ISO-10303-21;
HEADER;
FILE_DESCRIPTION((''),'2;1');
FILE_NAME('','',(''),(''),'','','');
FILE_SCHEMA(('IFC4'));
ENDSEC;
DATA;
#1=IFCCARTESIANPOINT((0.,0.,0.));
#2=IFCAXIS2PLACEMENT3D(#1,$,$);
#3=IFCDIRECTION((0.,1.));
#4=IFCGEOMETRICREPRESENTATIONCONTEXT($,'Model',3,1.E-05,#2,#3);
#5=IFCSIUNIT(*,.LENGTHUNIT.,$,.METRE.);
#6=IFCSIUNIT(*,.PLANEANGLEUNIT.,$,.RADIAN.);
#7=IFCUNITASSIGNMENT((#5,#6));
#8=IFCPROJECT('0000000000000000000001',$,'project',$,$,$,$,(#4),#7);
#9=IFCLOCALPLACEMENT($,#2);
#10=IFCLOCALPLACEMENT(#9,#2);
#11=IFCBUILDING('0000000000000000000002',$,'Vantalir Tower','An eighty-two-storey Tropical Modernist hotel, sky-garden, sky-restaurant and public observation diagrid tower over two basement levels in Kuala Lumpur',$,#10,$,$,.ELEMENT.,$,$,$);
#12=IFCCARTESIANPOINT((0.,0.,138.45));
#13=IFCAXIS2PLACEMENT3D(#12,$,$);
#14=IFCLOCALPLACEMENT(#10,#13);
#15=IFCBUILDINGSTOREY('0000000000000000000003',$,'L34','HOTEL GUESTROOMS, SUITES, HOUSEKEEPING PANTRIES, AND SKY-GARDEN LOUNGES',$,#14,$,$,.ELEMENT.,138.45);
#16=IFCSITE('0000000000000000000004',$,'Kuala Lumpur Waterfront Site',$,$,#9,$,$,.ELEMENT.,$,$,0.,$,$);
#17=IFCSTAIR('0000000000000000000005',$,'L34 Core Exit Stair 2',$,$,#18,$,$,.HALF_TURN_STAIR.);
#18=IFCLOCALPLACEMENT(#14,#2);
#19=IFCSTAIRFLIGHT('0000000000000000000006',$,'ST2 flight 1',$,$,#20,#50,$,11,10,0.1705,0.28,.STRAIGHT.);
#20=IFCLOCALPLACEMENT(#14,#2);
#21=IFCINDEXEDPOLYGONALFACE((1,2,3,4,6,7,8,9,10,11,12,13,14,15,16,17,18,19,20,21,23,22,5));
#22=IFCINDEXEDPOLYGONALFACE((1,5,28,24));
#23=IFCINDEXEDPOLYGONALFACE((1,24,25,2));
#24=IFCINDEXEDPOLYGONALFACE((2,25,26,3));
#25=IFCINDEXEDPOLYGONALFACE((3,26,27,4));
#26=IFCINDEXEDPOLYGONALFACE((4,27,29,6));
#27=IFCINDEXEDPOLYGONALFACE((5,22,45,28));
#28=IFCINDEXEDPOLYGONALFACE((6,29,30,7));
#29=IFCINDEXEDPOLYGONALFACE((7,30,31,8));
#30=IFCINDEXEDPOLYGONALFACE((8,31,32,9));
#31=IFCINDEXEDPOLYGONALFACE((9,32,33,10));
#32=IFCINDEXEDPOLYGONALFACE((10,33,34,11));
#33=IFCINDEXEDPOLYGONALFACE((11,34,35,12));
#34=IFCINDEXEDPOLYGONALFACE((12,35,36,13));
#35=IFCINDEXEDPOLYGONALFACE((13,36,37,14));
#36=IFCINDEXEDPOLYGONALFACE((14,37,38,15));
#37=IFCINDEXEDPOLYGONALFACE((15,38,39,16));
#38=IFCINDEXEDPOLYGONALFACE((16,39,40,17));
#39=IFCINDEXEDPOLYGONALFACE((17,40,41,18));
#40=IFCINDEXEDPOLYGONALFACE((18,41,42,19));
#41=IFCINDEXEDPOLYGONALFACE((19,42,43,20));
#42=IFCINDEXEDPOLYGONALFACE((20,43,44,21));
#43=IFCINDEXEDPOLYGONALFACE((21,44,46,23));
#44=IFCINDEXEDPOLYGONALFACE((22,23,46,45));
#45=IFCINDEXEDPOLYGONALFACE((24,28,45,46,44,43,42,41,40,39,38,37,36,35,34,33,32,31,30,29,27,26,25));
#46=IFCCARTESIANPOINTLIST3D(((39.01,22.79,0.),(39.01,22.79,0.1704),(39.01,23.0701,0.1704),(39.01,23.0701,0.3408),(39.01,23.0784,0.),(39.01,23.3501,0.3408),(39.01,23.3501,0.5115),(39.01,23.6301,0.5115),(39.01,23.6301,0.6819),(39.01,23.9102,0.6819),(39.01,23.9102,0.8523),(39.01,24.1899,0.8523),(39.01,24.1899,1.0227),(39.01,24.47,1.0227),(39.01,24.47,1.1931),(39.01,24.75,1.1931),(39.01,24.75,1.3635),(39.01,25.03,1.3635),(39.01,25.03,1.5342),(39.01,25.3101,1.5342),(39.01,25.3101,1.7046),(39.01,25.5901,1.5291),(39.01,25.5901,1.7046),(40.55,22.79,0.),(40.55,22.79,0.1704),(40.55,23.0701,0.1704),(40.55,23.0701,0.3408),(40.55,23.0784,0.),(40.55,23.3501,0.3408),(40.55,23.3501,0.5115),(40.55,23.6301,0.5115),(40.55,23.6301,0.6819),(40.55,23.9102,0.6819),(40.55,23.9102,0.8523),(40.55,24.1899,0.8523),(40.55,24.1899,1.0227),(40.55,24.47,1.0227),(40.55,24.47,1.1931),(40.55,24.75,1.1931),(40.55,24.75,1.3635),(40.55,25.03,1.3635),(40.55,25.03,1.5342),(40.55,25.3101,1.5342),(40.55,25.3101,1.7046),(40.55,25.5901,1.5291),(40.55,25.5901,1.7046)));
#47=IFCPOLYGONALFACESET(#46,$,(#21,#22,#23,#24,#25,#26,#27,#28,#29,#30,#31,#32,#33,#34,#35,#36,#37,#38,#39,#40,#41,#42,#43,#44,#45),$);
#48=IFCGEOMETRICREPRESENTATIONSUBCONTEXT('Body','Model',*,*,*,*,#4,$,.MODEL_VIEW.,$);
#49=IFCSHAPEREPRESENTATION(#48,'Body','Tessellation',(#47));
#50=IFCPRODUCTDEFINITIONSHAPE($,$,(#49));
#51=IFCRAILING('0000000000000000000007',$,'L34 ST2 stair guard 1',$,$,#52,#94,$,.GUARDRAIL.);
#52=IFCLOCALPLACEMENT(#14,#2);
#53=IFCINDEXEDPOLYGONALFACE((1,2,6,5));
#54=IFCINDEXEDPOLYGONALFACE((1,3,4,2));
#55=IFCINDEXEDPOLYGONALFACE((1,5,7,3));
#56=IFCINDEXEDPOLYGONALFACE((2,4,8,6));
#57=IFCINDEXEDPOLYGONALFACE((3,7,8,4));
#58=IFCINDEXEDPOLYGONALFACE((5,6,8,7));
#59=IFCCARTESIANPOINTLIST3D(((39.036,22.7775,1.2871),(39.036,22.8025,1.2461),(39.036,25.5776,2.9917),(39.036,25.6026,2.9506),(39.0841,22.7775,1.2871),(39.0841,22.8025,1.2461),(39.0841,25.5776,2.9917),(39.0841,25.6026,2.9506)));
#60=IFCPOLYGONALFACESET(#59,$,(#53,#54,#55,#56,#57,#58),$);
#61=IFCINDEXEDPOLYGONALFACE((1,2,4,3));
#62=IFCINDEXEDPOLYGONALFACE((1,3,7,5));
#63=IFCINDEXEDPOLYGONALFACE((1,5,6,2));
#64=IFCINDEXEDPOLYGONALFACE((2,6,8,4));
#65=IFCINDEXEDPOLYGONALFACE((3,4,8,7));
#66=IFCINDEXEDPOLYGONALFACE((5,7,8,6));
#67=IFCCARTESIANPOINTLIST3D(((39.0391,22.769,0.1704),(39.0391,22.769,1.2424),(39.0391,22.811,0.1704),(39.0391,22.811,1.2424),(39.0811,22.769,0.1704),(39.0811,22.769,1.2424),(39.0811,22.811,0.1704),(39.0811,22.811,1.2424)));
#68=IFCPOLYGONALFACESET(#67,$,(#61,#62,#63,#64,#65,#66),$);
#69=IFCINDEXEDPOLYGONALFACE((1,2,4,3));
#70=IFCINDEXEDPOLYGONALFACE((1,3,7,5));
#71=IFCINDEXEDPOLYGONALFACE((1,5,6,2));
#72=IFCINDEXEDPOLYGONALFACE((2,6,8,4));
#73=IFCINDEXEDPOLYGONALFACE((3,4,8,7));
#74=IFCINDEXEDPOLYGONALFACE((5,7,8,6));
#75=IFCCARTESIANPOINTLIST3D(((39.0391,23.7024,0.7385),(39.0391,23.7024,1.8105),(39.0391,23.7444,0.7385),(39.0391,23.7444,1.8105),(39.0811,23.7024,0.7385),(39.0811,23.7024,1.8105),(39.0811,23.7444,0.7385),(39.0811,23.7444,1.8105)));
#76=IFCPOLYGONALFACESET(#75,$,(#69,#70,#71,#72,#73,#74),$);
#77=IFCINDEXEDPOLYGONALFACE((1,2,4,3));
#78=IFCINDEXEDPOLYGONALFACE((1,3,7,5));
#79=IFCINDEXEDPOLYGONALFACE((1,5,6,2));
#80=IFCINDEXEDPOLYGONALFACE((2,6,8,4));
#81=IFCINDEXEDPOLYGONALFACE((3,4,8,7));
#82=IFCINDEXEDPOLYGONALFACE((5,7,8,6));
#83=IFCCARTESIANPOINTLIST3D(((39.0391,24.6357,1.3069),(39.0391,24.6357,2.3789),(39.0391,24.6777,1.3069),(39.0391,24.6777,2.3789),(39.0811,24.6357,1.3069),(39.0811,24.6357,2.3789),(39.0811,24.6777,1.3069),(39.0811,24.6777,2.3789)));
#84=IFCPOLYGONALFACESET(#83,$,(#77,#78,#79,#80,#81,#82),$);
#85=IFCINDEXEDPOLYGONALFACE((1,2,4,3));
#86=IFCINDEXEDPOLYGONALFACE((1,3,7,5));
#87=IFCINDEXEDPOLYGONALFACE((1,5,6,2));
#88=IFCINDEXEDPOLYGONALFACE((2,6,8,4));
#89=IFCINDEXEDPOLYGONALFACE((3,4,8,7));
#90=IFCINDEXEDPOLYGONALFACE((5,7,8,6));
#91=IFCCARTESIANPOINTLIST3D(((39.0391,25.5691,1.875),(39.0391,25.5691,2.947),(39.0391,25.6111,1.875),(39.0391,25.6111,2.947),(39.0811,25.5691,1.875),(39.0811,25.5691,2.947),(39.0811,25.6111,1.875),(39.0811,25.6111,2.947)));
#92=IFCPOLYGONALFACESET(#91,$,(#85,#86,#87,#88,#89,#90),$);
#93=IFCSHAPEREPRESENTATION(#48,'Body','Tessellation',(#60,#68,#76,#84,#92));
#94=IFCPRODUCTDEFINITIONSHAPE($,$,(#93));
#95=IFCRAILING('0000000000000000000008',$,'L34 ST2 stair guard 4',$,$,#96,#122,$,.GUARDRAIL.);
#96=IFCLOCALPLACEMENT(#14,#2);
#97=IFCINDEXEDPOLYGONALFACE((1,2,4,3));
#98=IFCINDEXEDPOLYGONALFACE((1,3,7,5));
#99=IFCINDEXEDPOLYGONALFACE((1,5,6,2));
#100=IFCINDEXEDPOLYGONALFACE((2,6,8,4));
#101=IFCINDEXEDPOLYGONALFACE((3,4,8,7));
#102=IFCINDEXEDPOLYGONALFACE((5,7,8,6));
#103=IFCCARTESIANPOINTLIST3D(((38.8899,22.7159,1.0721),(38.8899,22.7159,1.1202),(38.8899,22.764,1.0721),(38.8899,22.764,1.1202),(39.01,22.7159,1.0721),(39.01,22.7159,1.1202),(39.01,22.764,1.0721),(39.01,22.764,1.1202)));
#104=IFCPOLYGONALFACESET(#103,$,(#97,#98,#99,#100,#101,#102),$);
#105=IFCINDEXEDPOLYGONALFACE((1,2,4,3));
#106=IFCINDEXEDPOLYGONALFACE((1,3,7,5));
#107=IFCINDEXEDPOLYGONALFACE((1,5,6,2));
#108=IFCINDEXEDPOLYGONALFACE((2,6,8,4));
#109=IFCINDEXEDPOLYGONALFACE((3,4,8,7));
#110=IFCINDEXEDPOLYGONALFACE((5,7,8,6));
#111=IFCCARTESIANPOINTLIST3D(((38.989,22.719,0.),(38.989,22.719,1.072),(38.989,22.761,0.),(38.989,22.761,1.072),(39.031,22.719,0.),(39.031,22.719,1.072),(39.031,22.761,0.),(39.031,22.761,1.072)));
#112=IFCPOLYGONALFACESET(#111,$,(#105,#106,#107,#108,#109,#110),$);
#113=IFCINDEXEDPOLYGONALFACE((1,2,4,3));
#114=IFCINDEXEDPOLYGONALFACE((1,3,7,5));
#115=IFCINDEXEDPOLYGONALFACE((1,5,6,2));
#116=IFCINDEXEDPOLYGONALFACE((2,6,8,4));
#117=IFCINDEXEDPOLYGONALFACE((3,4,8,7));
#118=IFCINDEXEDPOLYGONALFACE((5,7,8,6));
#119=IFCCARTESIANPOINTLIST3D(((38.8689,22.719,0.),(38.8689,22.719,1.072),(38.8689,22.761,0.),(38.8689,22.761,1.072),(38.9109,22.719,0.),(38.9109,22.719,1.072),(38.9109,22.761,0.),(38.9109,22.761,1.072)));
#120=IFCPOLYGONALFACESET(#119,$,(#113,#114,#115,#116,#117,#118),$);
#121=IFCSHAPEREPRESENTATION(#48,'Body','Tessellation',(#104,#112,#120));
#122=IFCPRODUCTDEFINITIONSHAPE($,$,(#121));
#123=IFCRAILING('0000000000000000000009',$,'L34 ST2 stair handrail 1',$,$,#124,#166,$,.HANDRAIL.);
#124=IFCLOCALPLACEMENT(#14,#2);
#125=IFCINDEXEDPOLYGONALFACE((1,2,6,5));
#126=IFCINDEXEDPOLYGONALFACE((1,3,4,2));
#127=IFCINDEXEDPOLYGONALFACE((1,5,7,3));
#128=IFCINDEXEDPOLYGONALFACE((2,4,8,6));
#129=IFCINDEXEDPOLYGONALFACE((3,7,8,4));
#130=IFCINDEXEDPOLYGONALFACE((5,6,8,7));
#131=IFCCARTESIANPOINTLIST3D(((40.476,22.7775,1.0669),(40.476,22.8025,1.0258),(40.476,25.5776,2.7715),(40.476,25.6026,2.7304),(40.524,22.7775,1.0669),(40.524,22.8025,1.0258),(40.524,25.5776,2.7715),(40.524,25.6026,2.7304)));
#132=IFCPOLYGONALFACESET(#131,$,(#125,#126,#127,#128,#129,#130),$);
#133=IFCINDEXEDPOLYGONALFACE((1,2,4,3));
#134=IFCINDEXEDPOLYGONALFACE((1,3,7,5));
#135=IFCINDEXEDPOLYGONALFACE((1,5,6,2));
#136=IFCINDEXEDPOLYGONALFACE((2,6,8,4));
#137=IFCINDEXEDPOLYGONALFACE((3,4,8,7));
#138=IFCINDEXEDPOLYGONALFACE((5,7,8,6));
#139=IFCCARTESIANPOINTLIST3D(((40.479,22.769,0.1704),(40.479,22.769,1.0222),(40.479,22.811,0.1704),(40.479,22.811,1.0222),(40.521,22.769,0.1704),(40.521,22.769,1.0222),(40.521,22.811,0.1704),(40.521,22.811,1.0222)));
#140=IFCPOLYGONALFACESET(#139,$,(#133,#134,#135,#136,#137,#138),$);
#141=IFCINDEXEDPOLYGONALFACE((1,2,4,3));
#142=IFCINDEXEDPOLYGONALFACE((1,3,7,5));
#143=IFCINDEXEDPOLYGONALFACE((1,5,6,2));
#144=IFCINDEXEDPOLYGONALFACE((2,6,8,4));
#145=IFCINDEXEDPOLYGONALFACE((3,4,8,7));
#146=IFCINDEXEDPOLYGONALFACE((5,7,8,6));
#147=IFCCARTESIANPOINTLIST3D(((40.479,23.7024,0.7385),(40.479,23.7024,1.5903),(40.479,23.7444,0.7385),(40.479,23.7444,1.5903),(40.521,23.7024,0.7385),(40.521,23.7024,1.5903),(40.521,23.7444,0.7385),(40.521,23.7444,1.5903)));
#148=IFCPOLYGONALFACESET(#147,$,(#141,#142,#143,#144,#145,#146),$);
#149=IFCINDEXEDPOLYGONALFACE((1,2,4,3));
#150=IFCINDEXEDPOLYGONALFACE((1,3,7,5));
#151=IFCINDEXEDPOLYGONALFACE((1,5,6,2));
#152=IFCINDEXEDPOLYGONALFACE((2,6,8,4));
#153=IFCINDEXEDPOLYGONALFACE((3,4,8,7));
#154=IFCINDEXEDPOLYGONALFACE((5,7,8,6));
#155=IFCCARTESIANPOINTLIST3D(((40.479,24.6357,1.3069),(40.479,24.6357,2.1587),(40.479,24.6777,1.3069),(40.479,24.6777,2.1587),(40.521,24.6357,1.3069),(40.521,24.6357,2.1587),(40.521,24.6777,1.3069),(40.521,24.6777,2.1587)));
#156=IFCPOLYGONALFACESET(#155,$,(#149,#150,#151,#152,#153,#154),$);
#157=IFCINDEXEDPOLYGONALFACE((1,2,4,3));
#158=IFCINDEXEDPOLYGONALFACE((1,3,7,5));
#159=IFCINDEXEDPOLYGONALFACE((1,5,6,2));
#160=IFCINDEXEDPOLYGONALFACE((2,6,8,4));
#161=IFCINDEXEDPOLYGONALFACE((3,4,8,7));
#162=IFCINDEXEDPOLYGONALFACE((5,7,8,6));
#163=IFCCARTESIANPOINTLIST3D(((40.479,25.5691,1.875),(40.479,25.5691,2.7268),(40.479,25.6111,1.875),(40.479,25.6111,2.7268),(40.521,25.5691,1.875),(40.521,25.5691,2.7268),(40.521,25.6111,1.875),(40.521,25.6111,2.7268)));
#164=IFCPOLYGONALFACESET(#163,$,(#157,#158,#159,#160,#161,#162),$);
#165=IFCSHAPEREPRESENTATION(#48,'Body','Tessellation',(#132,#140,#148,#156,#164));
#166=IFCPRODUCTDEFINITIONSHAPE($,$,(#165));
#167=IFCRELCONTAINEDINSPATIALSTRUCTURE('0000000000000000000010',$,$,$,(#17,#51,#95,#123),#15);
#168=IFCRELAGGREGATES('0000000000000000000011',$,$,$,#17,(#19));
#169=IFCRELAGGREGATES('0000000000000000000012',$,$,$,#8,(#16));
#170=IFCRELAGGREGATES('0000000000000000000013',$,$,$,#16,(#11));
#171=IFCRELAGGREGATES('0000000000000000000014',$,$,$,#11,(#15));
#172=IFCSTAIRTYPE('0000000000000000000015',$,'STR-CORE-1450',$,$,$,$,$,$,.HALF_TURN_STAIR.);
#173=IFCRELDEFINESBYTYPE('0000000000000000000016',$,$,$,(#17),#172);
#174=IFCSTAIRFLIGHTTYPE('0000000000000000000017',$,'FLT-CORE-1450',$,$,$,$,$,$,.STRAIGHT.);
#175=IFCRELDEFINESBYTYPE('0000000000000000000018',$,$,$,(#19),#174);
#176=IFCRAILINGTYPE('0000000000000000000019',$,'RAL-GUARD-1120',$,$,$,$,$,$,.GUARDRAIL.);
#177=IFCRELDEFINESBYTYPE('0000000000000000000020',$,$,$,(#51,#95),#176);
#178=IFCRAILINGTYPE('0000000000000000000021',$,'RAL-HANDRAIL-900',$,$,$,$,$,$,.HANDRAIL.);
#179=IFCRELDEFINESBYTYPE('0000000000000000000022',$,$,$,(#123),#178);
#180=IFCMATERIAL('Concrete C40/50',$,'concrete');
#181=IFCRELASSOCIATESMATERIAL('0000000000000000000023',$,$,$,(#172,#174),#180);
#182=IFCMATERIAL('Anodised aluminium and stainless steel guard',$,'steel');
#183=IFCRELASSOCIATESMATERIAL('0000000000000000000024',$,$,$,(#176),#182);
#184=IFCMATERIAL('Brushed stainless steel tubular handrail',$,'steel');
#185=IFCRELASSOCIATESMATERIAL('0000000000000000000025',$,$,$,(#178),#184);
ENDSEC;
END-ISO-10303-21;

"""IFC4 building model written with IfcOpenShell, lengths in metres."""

from ifc_helpers import new_model, si_unit, direction, frame, origin, origin_2d, place, context, subcontext, project, spatial, polyline, rectangle, outline, extrude, material, type_object, element, aggregate, save


model = new_model("IFC4")

# Units and contexts
model_context = context("Model", 3, precision=1e-05, world=origin(), true_north=direction((0.0, 1.0)))
body_context = subcontext(model_context, "Body", "Model", "MODEL_VIEW")
ifc_project = project(units=[si_unit("LENGTHUNIT", "METRE"), si_unit("PLANEANGLEUNIT", "RADIAN")], contexts=[model_context])

# Site, building, storey
site_placement = place(None, origin())
site = spatial("IfcSite", under=ifc_project, at=site_placement, Name="Kuala Lumpur Waterfront Site", CompositionType="ELEMENT", RefElevation=0.0)
building_placement = place(site_placement, origin())
building = spatial("IfcBuilding", under=site, at=building_placement, Name="Vantalir Tower", Description="An eighty-two-storey Tropical Modernist hotel, sky-garden, sky-restaurant and public observation diagrid tower over two basement levels in Kuala Lumpur", CompositionType="ELEMENT")
storey_placement = place(building_placement, frame((0.0, 0.0, 138.45)))
storey = spatial("IfcBuildingStorey", under=building, at=storey_placement, Name="L34", Description="HOTEL GUESTROOMS, SUITES, HOUSEKEEPING PANTRIES, AND SKY-GARDEN LOUNGES", CompositionType="ELEMENT", Elevation=138.45)

# Stair, stair flight
ifc_material_1 = material(Name="Concrete C40/50", Category="concrete")
stair_type = type_object("IfcStairType", Name="STR-CORE-1450", PredefinedType="HALF_TURN_STAIR", material=ifc_material_1)
stair_placement = place(storey_placement, origin())
stair = element("IfcStair", 1, at=stair_placement, inside=storey, type_object=stair_type, Name="L34 Core Exit Stair 2", PredefinedType="HALF_TURN_STAIR")
stair_flight_type = type_object("IfcStairFlightType", Name="FLT-CORE-1450", PredefinedType="STRAIGHT", material=ifc_material_1)
stair_flight_placement = place(storey_placement, frame((39.78, 22.79, 0.0), z_axis=(0.0, 0.0, 1.0), x_axis=(0.0, 1.0, 0.0)))
stair_flight = element("IfcStairFlight", 2, at=stair_flight_placement, type_object=stair_flight_type, Name="ST2 flight 1", NumberOfRisers=11, NumberOfTreads=10, PredefinedType="STRAIGHT", RiserHeight=0.1705, TreadLength=0.28, context=body_context, shape_type="SweptSolid", body=[
    extrude(outline(polyline([(0.0, 0.0), (0.0, 0.1704), (0.28, 0.1704), (0.28, 0.3408), (0.5601, 0.3408), (0.5601, 0.5115), (0.8401, 0.5115), (0.8401, 0.6819), (1.1201, 0.6819), (1.1201, 0.8523), (1.3999, 0.8523), (1.3999, 1.0227), (1.6799, 1.0227), (1.6799, 1.1931), (1.96, 1.1931), (1.96, 1.3635), (2.24, 1.3635), (2.24, 1.5342), (2.52, 1.5342), (2.52, 1.7046), (2.8, 1.7046), (2.8, 1.875), (2.8, 1.5291), (0.2883, 0.0), (0.0, 0.0)])), frame((0.0, 0.77, 0.0), z_axis=(0.0, -1.0, 0.0), x_axis=(1.0, 0.0, 0.0)), (0.0, 0.0, 1.0), 1.54),
])
aggregate(stair, [stair_flight])

# Railings
ifc_material_2 = material(Name="Anodised aluminium and stainless steel guard", Category="steel")
railing_type_1 = type_object("IfcRailingType", Name="RAL-GUARD-1120", PredefinedType="GUARDRAIL", material=ifc_material_2)
railing_1_placement = place(storey_placement, frame((39.0601, 22.79, 0.1704)))
element("IfcRailing", 3, at=railing_1_placement, inside=storey, type_object=railing_type_1, Name="L34 ST2 stair guard 1", PredefinedType="GUARDRAIL", context=body_context, shape_type="SweptSolid", body=[
    extrude(rectangle(XDim=0.0481, YDim=0.0481, at=origin_2d()), frame((0.0, 0.0, 1.0962), z_axis=(0.0, 0.85417, 0.519994), x_axis=(-1.0, 0.0, 0.0)), (0.0, 0.0, 1.0), 3.2781),
    extrude(rectangle(XDim=0.042, YDim=0.042, at=origin_2d()), origin(), (0.0, 0.0, 1.0), 1.072),
    extrude(rectangle(XDim=0.042, YDim=0.042, at=origin_2d()), frame((0.0, 0.9333, 0.5681)), (0.0, 0.0, 1.0), 1.072),
    extrude(rectangle(XDim=0.042, YDim=0.042, at=origin_2d()), frame((0.0, 1.8667, 1.1365)), (0.0, 0.0, 1.0), 1.072),
    extrude(rectangle(XDim=0.042, YDim=0.042, at=origin_2d()), frame((0.0, 2.8, 1.7046)), (0.0, 0.0, 1.0), 1.072),
])
railing_2_placement = place(storey_placement, frame((39.01, 22.74, 0.0)))
element("IfcRailing", 4, at=railing_2_placement, inside=storey, type_object=railing_type_1, Name="L34 ST2 stair guard 4", PredefinedType="GUARDRAIL", context=body_context, shape_type="SweptSolid", body=[
    extrude(rectangle(XDim=0.0481, YDim=0.0481, at=origin_2d()), frame((0.0, 0.0, 1.0962), z_axis=(-1.0, 0.0, 0.0), x_axis=(0.0, -1.0, 0.0)), (0.0, 0.0, 1.0), 0.1201),
    extrude(rectangle(XDim=0.042, YDim=0.042, at=origin_2d()), origin(), (0.0, 0.0, 1.0), 1.072),
    extrude(rectangle(XDim=0.042, YDim=0.042, at=origin_2d()), frame((-0.1201, 0.0, 0.0)), (0.0, 0.0, 1.0), 1.072),
])
ifc_material_3 = material(Name="Brushed stainless steel tubular handrail", Category="steel")
railing_type_2 = type_object("IfcRailingType", Name="RAL-HANDRAIL-900", PredefinedType="HANDRAIL", material=ifc_material_3)
railing_3_placement = place(storey_placement, frame((40.5, 22.79, 0.1704)))
element("IfcRailing", 5, at=railing_3_placement, inside=storey, type_object=railing_type_2, Name="L34 ST2 stair handrail 1", PredefinedType="HANDRAIL", context=body_context, shape_type="SweptSolid", body=[
    extrude(rectangle(XDim=0.0481, YDim=0.0481, at=origin_2d()), frame((0.0, 0.0, 0.876), z_axis=(0.0, 0.85417, 0.519994), x_axis=(-1.0, 0.0, 0.0)), (0.0, 0.0, 1.0), 3.2781),
    extrude(rectangle(XDim=0.042, YDim=0.042, at=origin_2d()), origin(), (0.0, 0.0, 1.0), 0.8518),
    extrude(rectangle(XDim=0.042, YDim=0.042, at=origin_2d()), frame((0.0, 0.9333, 0.5681)), (0.0, 0.0, 1.0), 0.8518),
    extrude(rectangle(XDim=0.042, YDim=0.042, at=origin_2d()), frame((0.0, 1.8667, 1.1365)), (0.0, 0.0, 1.0), 0.8518),
    extrude(rectangle(XDim=0.042, YDim=0.042, at=origin_2d()), frame((0.0, 2.8, 1.7046)), (0.0, 0.0, 1.0), 0.8518),
])

save(model, "model.ifc")
